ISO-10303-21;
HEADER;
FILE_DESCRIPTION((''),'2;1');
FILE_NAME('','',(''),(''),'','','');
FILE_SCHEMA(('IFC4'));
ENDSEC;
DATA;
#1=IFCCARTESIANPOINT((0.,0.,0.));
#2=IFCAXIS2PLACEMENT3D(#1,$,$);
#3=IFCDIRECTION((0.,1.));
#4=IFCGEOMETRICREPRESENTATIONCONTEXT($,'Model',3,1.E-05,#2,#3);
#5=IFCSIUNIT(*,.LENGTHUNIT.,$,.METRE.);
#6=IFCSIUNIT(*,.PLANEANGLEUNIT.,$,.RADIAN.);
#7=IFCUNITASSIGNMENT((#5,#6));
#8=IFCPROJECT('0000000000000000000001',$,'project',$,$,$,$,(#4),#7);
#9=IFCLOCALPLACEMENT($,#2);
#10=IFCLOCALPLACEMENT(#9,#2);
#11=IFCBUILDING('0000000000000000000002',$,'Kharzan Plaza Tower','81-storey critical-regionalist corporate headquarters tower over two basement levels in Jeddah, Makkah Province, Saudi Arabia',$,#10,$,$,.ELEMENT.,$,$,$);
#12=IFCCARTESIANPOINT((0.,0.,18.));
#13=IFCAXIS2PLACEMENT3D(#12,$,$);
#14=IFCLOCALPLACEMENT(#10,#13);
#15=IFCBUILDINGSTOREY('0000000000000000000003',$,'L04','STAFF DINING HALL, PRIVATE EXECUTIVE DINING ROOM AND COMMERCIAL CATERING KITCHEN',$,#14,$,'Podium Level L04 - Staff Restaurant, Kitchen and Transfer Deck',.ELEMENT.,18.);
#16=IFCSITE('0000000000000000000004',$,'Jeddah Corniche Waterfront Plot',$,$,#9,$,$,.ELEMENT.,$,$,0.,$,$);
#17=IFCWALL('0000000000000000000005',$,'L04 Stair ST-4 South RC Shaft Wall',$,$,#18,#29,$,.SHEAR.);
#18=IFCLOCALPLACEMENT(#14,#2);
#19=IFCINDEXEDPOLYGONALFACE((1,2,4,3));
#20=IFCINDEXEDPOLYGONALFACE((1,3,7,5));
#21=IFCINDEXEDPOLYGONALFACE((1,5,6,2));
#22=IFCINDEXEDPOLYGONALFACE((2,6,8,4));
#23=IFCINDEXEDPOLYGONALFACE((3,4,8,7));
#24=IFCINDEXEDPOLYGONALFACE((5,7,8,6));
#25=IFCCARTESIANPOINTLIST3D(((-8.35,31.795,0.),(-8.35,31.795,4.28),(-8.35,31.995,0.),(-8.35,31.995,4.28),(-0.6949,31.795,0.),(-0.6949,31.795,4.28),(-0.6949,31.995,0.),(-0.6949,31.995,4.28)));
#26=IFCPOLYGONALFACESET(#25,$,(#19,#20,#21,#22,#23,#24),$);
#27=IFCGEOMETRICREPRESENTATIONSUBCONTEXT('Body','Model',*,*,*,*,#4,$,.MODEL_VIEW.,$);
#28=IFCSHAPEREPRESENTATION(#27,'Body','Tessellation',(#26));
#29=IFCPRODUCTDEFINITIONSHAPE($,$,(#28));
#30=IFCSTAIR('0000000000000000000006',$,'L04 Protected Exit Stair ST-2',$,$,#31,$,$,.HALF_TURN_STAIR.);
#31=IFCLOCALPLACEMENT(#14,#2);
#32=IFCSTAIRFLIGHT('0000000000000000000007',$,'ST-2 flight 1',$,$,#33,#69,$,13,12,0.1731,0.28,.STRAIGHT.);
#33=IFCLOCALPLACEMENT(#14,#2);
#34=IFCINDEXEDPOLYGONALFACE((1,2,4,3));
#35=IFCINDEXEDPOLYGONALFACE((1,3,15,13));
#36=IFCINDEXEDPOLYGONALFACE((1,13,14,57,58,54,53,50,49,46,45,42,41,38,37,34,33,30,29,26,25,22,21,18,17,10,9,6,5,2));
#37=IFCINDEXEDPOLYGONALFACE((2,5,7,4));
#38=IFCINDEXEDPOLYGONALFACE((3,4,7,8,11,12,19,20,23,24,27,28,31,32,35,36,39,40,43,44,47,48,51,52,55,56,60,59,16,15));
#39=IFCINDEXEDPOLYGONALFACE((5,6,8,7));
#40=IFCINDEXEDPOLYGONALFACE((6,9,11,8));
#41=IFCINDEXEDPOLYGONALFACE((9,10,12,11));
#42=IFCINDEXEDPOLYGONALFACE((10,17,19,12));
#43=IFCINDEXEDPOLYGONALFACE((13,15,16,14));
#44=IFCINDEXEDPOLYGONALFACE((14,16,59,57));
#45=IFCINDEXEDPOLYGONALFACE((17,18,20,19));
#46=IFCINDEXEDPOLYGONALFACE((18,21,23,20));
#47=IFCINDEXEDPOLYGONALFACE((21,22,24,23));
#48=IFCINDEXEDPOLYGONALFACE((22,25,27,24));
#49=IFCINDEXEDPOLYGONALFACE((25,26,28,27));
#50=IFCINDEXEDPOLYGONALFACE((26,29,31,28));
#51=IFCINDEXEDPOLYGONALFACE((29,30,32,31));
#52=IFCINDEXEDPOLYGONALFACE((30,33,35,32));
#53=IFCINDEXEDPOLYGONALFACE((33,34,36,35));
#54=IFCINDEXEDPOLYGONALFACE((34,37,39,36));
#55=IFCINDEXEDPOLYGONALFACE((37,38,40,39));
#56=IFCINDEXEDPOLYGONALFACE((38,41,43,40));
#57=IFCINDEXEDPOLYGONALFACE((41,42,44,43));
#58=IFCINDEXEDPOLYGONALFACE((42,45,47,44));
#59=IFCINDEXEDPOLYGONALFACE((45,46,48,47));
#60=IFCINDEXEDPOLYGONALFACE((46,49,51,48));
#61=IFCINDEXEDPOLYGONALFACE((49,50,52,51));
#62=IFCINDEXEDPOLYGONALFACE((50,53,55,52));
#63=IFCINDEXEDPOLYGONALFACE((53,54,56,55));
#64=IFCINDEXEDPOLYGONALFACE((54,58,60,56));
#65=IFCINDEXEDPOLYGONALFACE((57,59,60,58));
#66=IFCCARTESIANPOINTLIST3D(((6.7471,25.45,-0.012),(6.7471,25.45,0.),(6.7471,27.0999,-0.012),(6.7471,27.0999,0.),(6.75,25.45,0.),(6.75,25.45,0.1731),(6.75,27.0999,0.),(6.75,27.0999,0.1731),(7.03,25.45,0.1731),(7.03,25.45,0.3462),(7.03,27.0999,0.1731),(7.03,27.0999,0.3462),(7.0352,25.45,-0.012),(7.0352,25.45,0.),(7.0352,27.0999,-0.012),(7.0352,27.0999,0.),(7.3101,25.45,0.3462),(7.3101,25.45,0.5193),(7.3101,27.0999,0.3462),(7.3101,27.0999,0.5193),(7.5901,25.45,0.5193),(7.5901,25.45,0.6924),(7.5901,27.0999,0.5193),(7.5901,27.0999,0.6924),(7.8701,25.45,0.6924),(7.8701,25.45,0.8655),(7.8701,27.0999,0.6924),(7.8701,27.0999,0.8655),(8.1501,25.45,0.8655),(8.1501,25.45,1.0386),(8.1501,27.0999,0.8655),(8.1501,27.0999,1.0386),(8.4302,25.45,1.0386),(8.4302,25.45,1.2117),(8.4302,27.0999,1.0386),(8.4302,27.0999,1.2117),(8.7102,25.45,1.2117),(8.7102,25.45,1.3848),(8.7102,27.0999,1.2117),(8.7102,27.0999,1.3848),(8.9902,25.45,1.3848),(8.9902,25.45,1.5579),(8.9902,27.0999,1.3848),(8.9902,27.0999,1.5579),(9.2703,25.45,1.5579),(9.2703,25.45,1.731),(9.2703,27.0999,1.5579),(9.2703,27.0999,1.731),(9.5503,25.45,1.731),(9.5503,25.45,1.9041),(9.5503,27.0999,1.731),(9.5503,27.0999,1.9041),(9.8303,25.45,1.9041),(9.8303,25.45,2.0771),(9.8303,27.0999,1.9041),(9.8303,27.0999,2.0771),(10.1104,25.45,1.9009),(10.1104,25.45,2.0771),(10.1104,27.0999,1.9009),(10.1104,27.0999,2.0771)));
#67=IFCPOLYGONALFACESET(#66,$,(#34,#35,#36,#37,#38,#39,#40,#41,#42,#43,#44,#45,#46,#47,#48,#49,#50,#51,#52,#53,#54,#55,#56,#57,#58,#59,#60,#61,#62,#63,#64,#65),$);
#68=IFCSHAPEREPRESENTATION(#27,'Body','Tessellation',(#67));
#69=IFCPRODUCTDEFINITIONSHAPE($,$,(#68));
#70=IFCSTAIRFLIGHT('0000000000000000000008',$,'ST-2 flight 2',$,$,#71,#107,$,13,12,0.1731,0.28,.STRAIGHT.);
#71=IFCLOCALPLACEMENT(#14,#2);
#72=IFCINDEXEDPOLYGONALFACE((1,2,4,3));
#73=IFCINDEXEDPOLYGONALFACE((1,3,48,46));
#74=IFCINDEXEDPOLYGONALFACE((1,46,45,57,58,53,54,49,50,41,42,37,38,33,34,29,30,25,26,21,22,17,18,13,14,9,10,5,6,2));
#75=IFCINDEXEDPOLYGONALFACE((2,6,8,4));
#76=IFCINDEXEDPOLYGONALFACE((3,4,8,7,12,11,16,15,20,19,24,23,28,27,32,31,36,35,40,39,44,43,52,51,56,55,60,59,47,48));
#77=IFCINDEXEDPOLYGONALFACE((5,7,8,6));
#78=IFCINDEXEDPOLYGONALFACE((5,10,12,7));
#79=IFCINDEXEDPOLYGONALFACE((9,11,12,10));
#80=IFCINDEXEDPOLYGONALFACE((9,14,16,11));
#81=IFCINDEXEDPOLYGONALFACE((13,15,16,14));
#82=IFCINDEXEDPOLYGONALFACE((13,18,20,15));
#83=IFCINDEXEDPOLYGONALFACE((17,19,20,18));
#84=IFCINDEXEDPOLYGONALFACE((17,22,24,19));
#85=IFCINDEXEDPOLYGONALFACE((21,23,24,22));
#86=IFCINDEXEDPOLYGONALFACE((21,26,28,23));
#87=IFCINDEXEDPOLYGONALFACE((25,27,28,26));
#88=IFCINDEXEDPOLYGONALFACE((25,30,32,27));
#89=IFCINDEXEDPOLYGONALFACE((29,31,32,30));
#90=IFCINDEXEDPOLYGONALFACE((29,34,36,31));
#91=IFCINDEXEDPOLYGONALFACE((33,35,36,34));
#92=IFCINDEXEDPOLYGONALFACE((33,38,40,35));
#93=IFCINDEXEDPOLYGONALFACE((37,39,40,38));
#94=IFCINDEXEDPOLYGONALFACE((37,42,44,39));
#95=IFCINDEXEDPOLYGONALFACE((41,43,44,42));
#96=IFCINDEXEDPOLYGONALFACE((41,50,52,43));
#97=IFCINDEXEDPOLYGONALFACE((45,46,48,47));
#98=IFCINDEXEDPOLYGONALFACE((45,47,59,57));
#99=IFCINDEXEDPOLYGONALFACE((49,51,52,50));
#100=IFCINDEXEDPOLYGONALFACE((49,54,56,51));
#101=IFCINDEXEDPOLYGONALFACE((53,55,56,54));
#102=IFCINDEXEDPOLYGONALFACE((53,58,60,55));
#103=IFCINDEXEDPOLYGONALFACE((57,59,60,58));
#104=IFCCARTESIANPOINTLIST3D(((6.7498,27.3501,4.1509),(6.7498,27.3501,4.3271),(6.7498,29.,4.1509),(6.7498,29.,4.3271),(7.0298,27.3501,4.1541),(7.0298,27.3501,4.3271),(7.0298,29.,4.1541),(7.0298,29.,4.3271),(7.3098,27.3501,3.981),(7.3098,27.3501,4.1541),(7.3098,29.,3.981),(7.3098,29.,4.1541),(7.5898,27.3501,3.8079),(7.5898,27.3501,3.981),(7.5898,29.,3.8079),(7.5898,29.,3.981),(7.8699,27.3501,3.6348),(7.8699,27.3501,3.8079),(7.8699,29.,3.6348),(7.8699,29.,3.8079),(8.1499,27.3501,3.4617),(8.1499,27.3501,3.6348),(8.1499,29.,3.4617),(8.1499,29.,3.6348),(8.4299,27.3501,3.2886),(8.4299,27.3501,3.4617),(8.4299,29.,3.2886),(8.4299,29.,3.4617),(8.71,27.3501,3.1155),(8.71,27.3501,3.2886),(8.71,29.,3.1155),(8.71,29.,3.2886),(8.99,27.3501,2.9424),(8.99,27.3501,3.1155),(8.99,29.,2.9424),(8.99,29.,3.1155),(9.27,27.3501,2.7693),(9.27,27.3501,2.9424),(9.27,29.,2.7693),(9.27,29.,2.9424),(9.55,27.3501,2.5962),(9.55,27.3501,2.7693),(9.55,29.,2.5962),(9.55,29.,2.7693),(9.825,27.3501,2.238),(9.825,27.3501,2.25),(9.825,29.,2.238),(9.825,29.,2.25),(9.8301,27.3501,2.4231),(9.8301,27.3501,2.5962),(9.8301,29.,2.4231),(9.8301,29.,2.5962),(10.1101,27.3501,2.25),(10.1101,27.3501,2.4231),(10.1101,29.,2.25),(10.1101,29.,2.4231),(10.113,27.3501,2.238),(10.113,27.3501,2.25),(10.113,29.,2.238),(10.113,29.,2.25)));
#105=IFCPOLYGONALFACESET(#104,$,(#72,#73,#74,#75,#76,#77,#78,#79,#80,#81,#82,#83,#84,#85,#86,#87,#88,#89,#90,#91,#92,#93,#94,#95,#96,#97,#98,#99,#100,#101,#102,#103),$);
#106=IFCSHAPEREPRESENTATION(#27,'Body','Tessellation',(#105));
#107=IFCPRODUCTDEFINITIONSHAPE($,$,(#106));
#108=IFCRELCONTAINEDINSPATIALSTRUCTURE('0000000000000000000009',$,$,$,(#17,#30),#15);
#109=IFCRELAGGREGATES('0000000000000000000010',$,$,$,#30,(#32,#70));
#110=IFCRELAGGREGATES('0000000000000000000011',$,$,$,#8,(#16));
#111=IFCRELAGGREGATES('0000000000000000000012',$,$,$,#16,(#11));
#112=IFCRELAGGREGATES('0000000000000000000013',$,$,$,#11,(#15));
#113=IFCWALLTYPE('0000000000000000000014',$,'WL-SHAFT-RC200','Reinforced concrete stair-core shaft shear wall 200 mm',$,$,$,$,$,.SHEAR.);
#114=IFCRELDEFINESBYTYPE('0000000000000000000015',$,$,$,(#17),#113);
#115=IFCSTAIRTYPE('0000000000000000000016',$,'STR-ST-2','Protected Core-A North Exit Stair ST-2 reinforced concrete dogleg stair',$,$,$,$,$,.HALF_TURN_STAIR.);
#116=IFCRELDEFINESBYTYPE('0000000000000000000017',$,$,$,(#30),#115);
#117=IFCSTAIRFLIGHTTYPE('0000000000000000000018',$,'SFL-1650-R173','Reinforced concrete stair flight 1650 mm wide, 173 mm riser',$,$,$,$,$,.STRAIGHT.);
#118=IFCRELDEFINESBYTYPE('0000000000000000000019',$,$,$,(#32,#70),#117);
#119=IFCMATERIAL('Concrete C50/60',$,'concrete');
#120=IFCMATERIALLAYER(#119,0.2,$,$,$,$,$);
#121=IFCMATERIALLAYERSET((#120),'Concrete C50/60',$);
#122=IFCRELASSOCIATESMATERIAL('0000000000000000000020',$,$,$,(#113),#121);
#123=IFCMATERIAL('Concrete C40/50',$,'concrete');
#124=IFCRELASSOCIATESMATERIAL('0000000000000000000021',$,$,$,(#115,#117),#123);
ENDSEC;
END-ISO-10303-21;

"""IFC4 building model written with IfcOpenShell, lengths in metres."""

from ifc_helpers import new_model, si_unit, direction, frame, frame_2d, origin, place, context, subcontext, project, spatial, polyline, rectangle, outline, extrude, source, transform, mapped, material, layer, layer_set, type_object, element, aggregate, save


model = new_model("IFC4")

# Units and contexts
model_context = context("Model", 3, precision=1e-05, world=origin(), true_north=direction((0.0, 1.0)))
body_context = subcontext(model_context, "Body", "Model", "MODEL_VIEW")
ifc_project = project(units=[si_unit("LENGTHUNIT", "METRE"), si_unit("PLANEANGLEUNIT", "RADIAN")], contexts=[model_context])

# Site, building, storey
site_placement = place(None, origin())
site = spatial("IfcSite", under=ifc_project, at=site_placement, Name="Jeddah Corniche Waterfront Plot", CompositionType="ELEMENT", RefElevation=0.0)
building_placement = place(site_placement, origin())
building = spatial("IfcBuilding", under=site, at=building_placement, Name="Kharzan Plaza Tower", Description="81-storey critical-regionalist corporate headquarters tower over two basement levels in Jeddah, Makkah Province, Saudi Arabia", CompositionType="ELEMENT")
storey_placement = place(building_placement, frame((0.0, 0.0, 18.0)))
storey = spatial("IfcBuildingStorey", under=building, at=storey_placement, Name="L04", Description="STAFF DINING HALL, PRIVATE EXECUTIVE DINING ROOM AND COMMERCIAL CATERING KITCHEN", LongName="Podium Level L04 - Staff Restaurant, Kitchen and Transfer Deck", CompositionType="ELEMENT", Elevation=18.0)

# Shared definitions
ifc_material_1 = material(Name="Concrete C40/50", Category="concrete")
ifc_material_2 = material(Name="Concrete C50/60", Category="concrete")
ifc_layer_1 = layer(ifc_material_2, 0.2)
ifc_layer_set_1 = layer_set([ifc_layer_1], Name="Concrete C50/60")
wall_type_1 = type_object("IfcWallType", Name="WL-SHAFT-RC200", Description="Reinforced concrete stair-core shaft shear wall 200 mm", PredefinedType="SHEAR", material=ifc_layer_set_1)

# Wall
shared_shape_1 = source(origin(), body_context, "Body", "SweptSolid", [
    extrude(rectangle(XDim=7.655, YDim=0.2, at=frame_2d((3.8276, 0.0))), origin(), (0.0, 0.0, 1.0), 4.28),
])
wall_1_placement = place(storey_placement, frame((-8.3501, 31.895, 0.0), z_axis=(0.0, 0.0, 1.0), x_axis=(1.0, 0.0, 0.0)))
element("IfcWall", 1, at=wall_1_placement, inside=storey, type_object=wall_type_1, Name="L04 Stair ST-4 South RC Shaft Wall", PredefinedType="SHEAR", context=body_context, shape_type="MappedRepresentation", body=[
    mapped(shared_shape_1, transform((0.0, 0.0, 0.0), x_axis=(1.0, 0.0, 0.0), y_axis=(0.0, 1.0, 0.0), z_axis=(0.0, 0.0, 1.0))),
])

# Stair, stair flights
stair_type = type_object("IfcStairType", Name="STR-ST-2", Description="Protected Core-A North Exit Stair ST-2 reinforced concrete dogleg stair", PredefinedType="HALF_TURN_STAIR", material=ifc_material_1)
stair_placement = place(storey_placement, origin())
stair = element("IfcStair", 2, at=stair_placement, inside=storey, type_object=stair_type, Name="L04 Protected Exit Stair ST-2", PredefinedType="HALF_TURN_STAIR")
stair_flight_type = type_object("IfcStairFlightType", Name="SFL-1650-R173", Description="Reinforced concrete stair flight 1650 mm wide, 173 mm riser", PredefinedType="STRAIGHT", material=ifc_material_1)
shared_shape_2 = source(origin(), body_context, "Body", "SweptSolid", [
    extrude(outline(polyline([(-0.0029, -0.012), (-0.0029, 0.0), (0.0, 0.0), (0.0, 0.1731), (0.28, 0.1731), (0.28, 0.3462), (0.5601, 0.3462), (0.5601, 0.5193), (0.8401, 0.5193), (0.8401, 0.6924), (1.1201, 0.6924), (1.1201, 0.8655), (1.4001, 0.8655), (1.4001, 1.0386), (1.6802, 1.0386), (1.6802, 1.2117), (1.9602, 1.2117), (1.9602, 1.3848), (2.2402, 1.3848), (2.2402, 1.5579), (2.5203, 1.5579), (2.5203, 1.731), (2.8003, 1.731), (2.8003, 1.9041), (3.0803, 1.9041), (3.0803, 2.0771), (3.3604, 2.0771), (3.3604, 2.2502), (3.3604, 1.9009), (0.2852, 0.0), (0.2852, -0.012), (-0.0029, -0.012)])), frame((0.0, 0.825, 0.0), z_axis=(0.0, -1.0, 0.0), x_axis=(1.0, 0.0, 0.0)), (0.0, 0.0, 1.0), 1.6499),
])
stair_flight_1_placement = place(storey_placement, frame((6.75, 26.2749, 0.0), z_axis=(0.0, 0.0, 1.0), x_axis=(1.0, 0.0, 0.0)))
stair_flight_1 = element("IfcStairFlight", 3, at=stair_flight_1_placement, type_object=stair_flight_type, Name="ST-2 flight 1", NumberOfRisers=13, NumberOfTreads=12, PredefinedType="STRAIGHT", RiserHeight=0.1731, TreadLength=0.28, context=body_context, shape_type="MappedRepresentation", body=[
    mapped(shared_shape_2, transform((0.0, 0.0, 0.0), x_axis=(1.0, 0.0, 0.0), y_axis=(0.0, 1.0, 0.0), z_axis=(0.0, 0.0, 1.0))),
])
stair_flight_2_placement = place(storey_placement, frame((10.1101, 28.175, 2.25), z_axis=(0.0, 0.0, 1.0), x_axis=(-1.0, 0.0, 0.0)))
stair_flight_2 = element("IfcStairFlight", 4, at=stair_flight_2_placement, type_object=stair_flight_type, Name="ST-2 flight 2", NumberOfRisers=13, NumberOfTreads=12, PredefinedType="STRAIGHT", RiserHeight=0.1731, TreadLength=0.28, context=body_context, shape_type="MappedRepresentation", body=[
    mapped(shared_shape_2, transform((0.0, 0.0, 0.0), x_axis=(1.0, 0.0, 0.0), y_axis=(0.0, 1.0, 0.0), z_axis=(0.0, 0.0, 1.0))),
])
aggregate(stair, [stair_flight_1, stair_flight_2])

save(model, "model.ifc")
